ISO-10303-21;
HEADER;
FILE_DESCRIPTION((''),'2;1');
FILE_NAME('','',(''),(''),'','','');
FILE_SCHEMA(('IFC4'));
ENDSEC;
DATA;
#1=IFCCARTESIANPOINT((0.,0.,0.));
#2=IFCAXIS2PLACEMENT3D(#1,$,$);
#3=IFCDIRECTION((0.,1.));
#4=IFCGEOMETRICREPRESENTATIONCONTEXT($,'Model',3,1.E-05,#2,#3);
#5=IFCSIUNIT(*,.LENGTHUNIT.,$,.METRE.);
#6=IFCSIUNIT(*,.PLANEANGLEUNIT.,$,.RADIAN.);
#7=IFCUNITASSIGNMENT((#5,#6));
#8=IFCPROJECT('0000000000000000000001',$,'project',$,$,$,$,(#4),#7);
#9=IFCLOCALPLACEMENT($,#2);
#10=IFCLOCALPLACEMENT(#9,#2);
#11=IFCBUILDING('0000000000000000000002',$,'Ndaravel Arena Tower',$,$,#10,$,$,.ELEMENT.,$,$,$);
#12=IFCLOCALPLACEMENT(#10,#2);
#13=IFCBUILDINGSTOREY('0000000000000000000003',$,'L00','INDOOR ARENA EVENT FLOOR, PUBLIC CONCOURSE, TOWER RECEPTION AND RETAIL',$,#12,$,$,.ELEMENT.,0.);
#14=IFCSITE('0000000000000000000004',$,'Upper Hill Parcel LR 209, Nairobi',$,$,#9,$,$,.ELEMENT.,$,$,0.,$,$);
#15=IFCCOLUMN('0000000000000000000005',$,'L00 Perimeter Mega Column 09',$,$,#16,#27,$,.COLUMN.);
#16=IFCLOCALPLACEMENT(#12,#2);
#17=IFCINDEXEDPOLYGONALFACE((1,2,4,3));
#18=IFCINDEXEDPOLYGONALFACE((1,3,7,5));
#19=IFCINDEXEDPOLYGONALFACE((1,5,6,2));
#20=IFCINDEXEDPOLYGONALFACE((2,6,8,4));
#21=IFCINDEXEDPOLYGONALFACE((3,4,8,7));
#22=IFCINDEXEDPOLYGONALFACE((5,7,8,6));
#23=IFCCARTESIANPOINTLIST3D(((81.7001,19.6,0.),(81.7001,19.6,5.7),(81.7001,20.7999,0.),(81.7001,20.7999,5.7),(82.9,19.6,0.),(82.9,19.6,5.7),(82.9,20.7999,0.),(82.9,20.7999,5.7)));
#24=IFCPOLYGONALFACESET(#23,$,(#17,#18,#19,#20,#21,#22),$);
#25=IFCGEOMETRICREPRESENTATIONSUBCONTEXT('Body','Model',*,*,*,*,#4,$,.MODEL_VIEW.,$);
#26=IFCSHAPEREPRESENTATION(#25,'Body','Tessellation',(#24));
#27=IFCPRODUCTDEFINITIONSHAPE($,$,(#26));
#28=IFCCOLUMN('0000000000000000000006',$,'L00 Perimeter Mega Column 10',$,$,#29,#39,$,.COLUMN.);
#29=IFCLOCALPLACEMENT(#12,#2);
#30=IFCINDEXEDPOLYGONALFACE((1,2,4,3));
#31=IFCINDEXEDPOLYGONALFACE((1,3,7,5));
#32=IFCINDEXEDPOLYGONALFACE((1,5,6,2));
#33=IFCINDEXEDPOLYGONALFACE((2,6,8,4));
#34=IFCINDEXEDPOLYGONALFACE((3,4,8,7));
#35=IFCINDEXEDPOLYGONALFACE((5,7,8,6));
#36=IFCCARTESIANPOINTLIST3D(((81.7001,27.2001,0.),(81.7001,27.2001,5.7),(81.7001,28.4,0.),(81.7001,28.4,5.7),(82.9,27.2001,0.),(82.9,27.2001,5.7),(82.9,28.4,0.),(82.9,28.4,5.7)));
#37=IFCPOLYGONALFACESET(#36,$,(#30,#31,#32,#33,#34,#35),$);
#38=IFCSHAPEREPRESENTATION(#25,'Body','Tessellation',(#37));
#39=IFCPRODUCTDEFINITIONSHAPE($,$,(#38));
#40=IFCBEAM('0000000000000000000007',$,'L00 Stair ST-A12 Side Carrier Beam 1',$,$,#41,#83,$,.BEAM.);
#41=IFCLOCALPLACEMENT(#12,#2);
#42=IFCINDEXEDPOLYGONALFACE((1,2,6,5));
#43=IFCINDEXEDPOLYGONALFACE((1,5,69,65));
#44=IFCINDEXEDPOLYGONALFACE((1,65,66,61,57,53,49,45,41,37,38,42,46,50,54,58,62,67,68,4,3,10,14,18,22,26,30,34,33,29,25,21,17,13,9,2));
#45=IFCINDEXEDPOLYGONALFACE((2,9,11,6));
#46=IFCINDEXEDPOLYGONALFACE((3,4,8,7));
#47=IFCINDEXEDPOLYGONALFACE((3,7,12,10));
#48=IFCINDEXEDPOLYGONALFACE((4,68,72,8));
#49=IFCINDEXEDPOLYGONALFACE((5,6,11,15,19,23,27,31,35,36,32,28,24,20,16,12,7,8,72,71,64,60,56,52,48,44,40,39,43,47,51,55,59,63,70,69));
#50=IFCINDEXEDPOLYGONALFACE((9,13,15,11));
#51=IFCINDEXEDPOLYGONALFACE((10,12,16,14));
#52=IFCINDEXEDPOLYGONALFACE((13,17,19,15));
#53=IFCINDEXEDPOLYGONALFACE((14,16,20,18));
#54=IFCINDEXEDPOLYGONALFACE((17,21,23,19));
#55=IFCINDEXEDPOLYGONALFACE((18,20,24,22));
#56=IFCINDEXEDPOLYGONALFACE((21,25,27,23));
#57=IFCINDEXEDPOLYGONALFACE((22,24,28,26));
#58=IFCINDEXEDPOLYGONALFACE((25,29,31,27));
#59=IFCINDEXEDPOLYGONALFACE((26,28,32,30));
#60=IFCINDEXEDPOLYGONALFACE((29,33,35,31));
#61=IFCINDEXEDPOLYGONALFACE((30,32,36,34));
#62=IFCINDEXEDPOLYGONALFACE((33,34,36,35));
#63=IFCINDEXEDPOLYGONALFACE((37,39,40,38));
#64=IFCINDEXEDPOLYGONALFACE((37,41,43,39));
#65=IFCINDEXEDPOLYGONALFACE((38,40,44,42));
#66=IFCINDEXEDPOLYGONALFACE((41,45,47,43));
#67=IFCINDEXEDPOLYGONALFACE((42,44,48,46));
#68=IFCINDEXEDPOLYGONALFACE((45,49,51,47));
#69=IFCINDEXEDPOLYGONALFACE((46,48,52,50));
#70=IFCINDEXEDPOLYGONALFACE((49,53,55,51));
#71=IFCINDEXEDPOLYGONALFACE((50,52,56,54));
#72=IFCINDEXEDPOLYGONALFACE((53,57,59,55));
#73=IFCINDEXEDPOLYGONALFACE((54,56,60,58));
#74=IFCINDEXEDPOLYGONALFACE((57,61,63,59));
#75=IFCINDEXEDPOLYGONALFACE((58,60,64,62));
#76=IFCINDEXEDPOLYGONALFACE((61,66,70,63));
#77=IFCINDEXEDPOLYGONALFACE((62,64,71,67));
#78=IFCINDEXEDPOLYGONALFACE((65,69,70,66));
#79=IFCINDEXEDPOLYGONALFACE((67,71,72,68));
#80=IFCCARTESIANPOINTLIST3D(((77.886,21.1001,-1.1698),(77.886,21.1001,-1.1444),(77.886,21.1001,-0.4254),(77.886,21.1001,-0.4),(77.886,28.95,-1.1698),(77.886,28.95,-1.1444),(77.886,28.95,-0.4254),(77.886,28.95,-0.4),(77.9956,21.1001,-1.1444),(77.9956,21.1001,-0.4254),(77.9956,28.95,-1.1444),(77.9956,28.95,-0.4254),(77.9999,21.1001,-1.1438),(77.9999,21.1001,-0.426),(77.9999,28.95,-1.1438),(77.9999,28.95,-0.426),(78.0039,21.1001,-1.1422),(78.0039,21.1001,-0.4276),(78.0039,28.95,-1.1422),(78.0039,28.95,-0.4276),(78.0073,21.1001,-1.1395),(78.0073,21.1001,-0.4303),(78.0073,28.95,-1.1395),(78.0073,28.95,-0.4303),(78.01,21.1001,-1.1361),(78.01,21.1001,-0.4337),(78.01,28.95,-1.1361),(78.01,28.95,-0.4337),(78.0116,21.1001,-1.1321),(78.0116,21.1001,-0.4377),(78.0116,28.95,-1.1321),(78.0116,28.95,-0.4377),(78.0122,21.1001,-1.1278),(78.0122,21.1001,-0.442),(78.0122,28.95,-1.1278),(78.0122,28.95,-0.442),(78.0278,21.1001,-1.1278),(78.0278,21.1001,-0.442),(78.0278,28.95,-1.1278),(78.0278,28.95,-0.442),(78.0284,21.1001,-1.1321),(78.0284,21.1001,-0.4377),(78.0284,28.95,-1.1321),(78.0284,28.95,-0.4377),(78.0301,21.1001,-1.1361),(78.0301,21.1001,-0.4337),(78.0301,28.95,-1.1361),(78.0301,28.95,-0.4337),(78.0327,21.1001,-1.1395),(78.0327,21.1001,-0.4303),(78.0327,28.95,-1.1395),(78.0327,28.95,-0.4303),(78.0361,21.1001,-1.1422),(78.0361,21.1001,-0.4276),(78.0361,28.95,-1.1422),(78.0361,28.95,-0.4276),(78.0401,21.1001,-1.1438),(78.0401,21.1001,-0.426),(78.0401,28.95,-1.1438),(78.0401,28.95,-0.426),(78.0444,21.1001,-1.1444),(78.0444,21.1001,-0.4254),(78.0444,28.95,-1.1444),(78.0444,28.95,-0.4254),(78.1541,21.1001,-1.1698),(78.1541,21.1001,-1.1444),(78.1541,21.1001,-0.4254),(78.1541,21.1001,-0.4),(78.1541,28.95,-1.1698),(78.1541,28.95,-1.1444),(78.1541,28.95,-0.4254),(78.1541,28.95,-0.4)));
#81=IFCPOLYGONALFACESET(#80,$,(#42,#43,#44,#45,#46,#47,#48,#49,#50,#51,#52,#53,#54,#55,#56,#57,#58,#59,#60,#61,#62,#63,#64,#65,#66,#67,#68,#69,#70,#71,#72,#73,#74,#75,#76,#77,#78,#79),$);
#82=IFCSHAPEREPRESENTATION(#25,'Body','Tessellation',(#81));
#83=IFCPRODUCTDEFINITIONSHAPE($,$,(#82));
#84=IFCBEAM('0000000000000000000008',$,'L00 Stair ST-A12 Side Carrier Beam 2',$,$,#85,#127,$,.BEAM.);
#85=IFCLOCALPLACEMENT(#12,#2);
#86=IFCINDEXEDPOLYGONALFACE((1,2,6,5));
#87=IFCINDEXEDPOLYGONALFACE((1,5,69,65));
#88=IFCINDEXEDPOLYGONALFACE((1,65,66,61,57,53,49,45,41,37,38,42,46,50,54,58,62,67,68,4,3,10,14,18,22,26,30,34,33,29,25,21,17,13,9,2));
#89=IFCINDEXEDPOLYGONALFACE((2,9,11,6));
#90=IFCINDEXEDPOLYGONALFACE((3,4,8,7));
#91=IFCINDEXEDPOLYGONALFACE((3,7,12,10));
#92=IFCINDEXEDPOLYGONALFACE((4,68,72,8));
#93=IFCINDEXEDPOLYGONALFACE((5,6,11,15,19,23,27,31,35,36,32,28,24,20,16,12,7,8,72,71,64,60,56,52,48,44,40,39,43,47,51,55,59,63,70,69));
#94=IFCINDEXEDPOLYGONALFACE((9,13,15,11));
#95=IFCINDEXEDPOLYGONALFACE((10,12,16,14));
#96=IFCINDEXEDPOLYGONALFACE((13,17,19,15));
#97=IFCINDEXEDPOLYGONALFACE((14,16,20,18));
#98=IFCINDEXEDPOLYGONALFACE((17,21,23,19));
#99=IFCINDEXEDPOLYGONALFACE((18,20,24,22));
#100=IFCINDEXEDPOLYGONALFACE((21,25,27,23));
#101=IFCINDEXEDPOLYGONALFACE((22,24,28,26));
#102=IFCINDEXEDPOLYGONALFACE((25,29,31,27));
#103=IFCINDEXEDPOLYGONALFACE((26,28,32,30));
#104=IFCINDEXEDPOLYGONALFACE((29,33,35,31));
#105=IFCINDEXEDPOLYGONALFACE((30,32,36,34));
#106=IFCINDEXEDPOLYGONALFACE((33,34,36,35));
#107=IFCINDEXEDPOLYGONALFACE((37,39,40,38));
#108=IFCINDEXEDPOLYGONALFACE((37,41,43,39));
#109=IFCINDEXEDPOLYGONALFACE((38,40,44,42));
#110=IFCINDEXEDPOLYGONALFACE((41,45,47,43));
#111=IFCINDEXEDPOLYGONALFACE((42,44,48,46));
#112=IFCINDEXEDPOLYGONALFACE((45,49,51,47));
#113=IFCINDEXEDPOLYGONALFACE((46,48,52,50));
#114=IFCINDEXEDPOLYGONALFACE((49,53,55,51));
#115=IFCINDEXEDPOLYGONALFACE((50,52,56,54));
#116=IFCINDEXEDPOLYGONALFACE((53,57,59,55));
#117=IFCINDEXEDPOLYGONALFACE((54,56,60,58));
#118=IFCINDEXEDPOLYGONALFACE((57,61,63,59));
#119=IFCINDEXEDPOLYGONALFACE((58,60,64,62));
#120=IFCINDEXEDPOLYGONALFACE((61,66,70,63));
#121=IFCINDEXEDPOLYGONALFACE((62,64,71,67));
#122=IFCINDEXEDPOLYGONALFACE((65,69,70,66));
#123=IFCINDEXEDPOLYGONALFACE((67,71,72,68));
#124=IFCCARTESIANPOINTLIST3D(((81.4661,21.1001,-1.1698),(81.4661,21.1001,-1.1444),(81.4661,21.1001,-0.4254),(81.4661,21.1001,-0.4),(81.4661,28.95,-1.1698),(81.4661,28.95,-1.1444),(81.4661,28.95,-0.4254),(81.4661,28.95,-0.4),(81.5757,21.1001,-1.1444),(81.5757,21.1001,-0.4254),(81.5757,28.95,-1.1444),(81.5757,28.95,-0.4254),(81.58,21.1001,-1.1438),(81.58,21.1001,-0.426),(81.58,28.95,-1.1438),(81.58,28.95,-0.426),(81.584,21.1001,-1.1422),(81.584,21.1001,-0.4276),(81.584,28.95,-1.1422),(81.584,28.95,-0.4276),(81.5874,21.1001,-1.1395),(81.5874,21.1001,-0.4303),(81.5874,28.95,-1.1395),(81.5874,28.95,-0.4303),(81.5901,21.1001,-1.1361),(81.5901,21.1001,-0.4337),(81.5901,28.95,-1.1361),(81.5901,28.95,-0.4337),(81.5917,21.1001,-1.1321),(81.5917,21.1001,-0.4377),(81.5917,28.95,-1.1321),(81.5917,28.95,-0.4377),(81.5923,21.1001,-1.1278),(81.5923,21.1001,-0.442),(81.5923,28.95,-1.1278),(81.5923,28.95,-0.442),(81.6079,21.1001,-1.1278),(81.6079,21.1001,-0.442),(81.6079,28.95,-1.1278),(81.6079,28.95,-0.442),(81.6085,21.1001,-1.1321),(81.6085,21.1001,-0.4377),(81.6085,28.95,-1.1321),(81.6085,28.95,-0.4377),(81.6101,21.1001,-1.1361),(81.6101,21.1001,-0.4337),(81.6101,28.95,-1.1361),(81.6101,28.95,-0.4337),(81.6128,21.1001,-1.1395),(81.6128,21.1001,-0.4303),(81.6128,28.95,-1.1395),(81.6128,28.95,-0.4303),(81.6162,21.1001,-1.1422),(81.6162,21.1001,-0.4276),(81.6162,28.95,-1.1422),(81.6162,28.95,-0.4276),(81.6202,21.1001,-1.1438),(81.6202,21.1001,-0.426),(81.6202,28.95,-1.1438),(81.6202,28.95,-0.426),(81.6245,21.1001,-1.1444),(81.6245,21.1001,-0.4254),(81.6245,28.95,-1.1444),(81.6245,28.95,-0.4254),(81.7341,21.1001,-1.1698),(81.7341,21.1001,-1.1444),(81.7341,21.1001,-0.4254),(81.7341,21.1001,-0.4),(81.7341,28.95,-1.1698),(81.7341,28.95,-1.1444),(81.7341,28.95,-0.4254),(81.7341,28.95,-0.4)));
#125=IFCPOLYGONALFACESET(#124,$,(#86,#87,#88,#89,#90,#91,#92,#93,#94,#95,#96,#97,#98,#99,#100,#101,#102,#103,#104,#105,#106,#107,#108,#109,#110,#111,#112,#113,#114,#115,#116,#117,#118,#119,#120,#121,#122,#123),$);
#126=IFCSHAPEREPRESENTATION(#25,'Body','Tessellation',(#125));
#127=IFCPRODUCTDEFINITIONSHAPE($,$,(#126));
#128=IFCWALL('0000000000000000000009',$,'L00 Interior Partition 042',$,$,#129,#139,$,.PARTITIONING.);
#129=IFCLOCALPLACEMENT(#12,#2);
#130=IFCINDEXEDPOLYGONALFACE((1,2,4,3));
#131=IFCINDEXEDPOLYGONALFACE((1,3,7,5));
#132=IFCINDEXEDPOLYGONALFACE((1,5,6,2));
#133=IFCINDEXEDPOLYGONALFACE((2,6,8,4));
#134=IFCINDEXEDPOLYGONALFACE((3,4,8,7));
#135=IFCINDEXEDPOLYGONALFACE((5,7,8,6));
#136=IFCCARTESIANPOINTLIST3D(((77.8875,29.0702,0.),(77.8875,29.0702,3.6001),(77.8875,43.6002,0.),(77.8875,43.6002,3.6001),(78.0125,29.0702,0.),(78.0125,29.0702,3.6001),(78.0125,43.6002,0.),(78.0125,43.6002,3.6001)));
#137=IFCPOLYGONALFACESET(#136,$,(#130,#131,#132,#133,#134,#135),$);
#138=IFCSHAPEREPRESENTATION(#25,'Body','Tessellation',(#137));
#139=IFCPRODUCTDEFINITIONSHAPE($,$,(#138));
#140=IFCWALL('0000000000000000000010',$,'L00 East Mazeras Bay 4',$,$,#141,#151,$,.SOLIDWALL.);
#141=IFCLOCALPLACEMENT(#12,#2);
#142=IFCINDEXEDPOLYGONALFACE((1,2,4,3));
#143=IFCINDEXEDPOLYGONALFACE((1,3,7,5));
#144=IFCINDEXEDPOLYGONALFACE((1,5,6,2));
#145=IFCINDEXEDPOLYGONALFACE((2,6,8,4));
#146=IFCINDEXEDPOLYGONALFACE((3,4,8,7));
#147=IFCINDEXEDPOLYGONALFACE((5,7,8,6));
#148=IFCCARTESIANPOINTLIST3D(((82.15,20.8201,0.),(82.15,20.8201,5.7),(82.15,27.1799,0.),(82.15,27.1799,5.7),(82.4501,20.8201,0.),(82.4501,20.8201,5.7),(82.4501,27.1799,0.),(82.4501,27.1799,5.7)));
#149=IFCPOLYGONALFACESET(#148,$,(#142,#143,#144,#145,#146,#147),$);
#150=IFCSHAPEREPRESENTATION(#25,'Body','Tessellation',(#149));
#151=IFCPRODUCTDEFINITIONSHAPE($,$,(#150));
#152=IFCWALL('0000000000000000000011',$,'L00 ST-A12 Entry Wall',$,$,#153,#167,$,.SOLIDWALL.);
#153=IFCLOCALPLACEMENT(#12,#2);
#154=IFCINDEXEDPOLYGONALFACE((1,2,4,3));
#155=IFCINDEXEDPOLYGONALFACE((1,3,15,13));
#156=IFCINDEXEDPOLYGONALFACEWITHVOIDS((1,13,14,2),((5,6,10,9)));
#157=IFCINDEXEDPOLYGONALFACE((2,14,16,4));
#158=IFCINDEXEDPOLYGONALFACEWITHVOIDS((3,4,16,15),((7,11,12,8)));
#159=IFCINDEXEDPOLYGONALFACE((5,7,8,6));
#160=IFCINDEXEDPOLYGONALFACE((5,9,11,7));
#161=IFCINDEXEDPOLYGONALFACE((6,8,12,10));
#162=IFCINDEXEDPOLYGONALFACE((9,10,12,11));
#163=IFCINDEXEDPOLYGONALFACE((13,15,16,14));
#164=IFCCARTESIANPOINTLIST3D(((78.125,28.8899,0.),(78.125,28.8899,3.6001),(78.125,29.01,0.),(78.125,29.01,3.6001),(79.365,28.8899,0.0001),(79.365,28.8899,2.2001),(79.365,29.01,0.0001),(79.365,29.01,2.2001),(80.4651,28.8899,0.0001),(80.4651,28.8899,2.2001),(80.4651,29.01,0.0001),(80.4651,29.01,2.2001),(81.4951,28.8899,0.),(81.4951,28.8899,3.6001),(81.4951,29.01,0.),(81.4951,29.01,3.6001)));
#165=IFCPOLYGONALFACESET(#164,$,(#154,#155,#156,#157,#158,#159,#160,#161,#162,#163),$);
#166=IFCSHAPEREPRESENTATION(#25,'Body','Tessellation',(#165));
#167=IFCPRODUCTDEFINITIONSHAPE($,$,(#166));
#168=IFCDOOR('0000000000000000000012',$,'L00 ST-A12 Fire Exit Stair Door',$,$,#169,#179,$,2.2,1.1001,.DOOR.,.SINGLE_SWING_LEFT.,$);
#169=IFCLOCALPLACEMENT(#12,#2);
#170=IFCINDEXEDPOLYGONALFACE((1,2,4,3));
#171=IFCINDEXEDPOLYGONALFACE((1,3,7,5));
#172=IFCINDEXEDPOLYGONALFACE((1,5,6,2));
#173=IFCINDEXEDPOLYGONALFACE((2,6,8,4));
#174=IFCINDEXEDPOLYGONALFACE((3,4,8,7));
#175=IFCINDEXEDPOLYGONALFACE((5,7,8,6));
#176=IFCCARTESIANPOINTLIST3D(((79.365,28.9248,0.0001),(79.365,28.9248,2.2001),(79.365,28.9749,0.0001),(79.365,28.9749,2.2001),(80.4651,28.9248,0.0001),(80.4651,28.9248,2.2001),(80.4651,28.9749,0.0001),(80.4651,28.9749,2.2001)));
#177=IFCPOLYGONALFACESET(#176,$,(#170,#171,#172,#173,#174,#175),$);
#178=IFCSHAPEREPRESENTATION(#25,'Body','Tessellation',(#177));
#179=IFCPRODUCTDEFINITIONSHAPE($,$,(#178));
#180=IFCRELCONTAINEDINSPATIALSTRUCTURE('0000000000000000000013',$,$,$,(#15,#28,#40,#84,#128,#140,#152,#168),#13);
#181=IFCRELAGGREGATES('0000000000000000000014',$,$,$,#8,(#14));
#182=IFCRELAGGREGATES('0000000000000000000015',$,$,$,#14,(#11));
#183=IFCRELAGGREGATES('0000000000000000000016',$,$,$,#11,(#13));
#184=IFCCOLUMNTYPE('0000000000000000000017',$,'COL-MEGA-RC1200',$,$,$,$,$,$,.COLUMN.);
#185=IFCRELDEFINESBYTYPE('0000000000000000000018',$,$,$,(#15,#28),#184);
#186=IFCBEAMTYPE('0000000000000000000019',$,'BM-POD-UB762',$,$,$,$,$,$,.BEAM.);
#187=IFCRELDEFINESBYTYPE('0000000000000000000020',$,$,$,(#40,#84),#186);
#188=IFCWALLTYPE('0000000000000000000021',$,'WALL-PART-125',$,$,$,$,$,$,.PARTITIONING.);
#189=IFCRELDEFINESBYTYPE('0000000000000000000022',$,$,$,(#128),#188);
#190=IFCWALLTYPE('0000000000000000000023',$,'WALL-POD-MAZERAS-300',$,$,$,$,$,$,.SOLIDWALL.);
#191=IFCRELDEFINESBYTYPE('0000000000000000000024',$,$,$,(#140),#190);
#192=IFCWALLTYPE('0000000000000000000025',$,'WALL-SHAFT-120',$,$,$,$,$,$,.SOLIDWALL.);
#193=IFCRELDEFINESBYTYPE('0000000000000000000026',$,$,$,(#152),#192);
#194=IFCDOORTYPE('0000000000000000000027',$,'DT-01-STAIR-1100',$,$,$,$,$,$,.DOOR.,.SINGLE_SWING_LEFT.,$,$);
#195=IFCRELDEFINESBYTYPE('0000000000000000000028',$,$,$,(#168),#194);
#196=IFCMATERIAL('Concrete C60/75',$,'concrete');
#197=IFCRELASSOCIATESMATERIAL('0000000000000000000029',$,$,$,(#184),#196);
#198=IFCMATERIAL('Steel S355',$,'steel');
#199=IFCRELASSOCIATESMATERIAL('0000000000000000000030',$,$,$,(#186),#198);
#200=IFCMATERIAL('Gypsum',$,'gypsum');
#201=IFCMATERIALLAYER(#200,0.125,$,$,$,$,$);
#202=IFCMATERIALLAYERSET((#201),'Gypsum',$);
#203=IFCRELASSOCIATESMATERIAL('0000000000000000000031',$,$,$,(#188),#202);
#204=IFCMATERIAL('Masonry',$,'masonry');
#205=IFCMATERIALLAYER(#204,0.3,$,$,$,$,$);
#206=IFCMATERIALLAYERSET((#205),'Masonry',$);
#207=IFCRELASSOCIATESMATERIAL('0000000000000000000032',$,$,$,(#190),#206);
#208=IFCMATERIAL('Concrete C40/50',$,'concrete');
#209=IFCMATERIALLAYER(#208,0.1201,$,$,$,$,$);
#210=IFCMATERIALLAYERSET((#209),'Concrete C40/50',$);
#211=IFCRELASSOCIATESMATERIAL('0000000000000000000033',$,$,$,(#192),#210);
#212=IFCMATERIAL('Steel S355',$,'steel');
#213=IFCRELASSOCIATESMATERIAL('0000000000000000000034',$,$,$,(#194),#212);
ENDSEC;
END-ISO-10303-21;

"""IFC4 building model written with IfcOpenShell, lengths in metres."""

from ifc_helpers import new_model, si_unit, direction, frame, frame_2d, origin, origin_2d, place, context, subcontext, project, spatial, rectangle, i_section, extrude, material, layer, layer_set, material_profile, profile_set, type_object, element, fill, save


model = new_model("IFC4")

# Units and contexts
model_context = context("Model", 3, precision=1e-05, world=origin(), true_north=direction((0.0, 1.0)))
body_context = subcontext(model_context, "Body", "Model", "MODEL_VIEW")
ifc_project = project(units=[si_unit("LENGTHUNIT", "METRE"), si_unit("PLANEANGLEUNIT", "RADIAN")], contexts=[model_context])

# Site, building, storey
site_placement = place(None, origin())
site = spatial("IfcSite", under=ifc_project, at=site_placement, Name="Upper Hill Parcel LR 209, Nairobi", CompositionType="ELEMENT", RefElevation=0.0)
building_placement = place(site_placement, origin())
building = spatial("IfcBuilding", under=site, at=building_placement, Name="Ndaravel Arena Tower", CompositionType="ELEMENT")
storey_placement = place(building_placement, origin())
storey = spatial("IfcBuildingStorey", under=building, at=storey_placement, Name="L00", Description="INDOOR ARENA EVENT FLOOR, PUBLIC CONCOURSE, TOWER RECEPTION AND RETAIL", CompositionType="ELEMENT", Elevation=0.0)

# Columns
ifc_material_1 = material(Name="Concrete C60/75", Category="concrete")
ifc_material_profile_1 = material_profile(ifc_material_1, rectangle(XDim=1.2, YDim=1.2, at=origin_2d()), Name="RC 1200x1200")
ifc_profile_set_1 = profile_set([ifc_material_profile_1], Name="Concrete C60/75")
column_type = type_object("IfcColumnType", Name="COL-MEGA-RC1200", PredefinedType="COLUMN", material=ifc_profile_set_1)
for number, where, z_axis, x_axis, name in (
    (1, (82.3, 20.2, 0.0), (0.0, 0.0, 1.0), (1.0, 0.0, 0.0), "L00 Perimeter Mega Column 09"),
    (2, (82.3, 27.8, 0.0), (0.0, 0.0, 1.0), (1.0, 0.0, 0.0), "L00 Perimeter Mega Column 10"),
):
    element("IfcColumn", number, at=place(storey_placement, frame(where, z_axis=z_axis, x_axis=x_axis)), inside=storey, type_object=column_type, Name=name, PredefinedType="COLUMN", context=body_context, shape_type="SweptSolid", body=[
        extrude(rectangle(XDim=1.2, YDim=1.2, at=origin_2d()), origin(), (0.0, 0.0, 1.0), 5.7),
    ])

# Beams
ifc_material_2 = material(Name="Steel S355", Category="steel")
ifc_material_profile_2 = material_profile(ifc_material_2, i_section(OverallWidth=0.2681, OverallDepth=0.7698, WebThickness=0.0156, FlangeThickness=0.0254, FilletRadius=0.0166, at=origin_2d()), Name="UB 762x267x197")
ifc_profile_set_2 = profile_set([ifc_material_profile_2], Name="Steel S355")
beam_type = type_object("IfcBeamType", Name="BM-POD-UB762", PredefinedType="BEAM", material=ifc_profile_set_2)
for number, where, z_axis, x_axis, name in (
    (3, (78.02, 21.1001, -0.7849), (0.0, 1.0, 0.0), (-1.0, 0.0, 0.0), "L00 Stair ST-A12 Side Carrier Beam 1"),
    (4, (81.6001, 21.1001, -0.7849), (0.0, 1.0, 0.0), (-1.0, 0.0, 0.0), "L00 Stair ST-A12 Side Carrier Beam 2"),
):
    element("IfcBeam", number, at=place(storey_placement, frame(where, z_axis=z_axis, x_axis=x_axis)), inside=storey, type_object=beam_type, Name=name, PredefinedType="BEAM", context=body_context, shape_type="SweptSolid", body=[
        extrude(i_section(OverallWidth=0.2681, OverallDepth=0.7698, WebThickness=0.0156, FlangeThickness=0.0254, FilletRadius=0.0166, at=origin_2d()), origin(), (0.0, 0.0, 1.0), 7.8499),
    ])

# Wall
ifc_material_3 = material(Name="Gypsum", Category="gypsum")
ifc_layer_1 = layer(ifc_material_3, 0.125)
ifc_layer_set_1 = layer_set([ifc_layer_1], Name="Gypsum")
wall_type_1 = type_object("IfcWallType", Name="WALL-PART-125", PredefinedType="PARTITIONING", material=ifc_layer_set_1)
wall_1_placement = place(storey_placement, frame((77.95, 29.0701, 0.0), z_axis=(0.0, 0.0, 1.0), x_axis=(0.0, 1.0, 0.0)))
element("IfcWall", 5, at=wall_1_placement, inside=storey, type_object=wall_type_1, Name="L00 Interior Partition 042", PredefinedType="PARTITIONING", context=body_context, shape_type="SweptSolid", body=[
    extrude(rectangle(XDim=14.53, YDim=0.125, at=frame_2d((7.2651, 0.0))), origin(), (0.0, 0.0, 1.0), 3.6001),
])

# Shared definitions
ifc_material_4 = material(Name="Masonry", Category="masonry")
ifc_layer_2 = layer(ifc_material_4, 0.3)
ifc_layer_set_2 = layer_set([ifc_layer_2], Name="Masonry")
wall_type_2 = type_object("IfcWallType", Name="WALL-POD-MAZERAS-300", PredefinedType="SOLIDWALL", material=ifc_layer_set_2)

# Wall
wall_2_placement = place(storey_placement, frame((82.3, 27.1799, 0.0), z_axis=(0.0, 0.0, 1.0), x_axis=(0.0, -1.0, 0.0)))
element("IfcWall", 6, at=wall_2_placement, inside=storey, type_object=wall_type_2, Name="L00 East Mazeras Bay 4", PredefinedType="SOLIDWALL", context=body_context, shape_type="SweptSolid", body=[
    extrude(rectangle(XDim=6.3599, YDim=0.3, at=frame_2d((3.1799, 0.0))), origin(), (0.0, 0.0, 1.0), 5.7),
])

# Wall, opening, door
ifc_material_5 = material(Name="Concrete C40/50", Category="concrete")
ifc_layer_3 = layer(ifc_material_5, 0.1201)
ifc_layer_set_3 = layer_set([ifc_layer_3], Name="Concrete C40/50")
wall_type_3 = type_object("IfcWallType", Name="WALL-SHAFT-120", PredefinedType="SOLIDWALL", material=ifc_layer_set_3)
wall_3_placement = place(storey_placement, frame((78.125, 28.95, 0.0), z_axis=(0.0, 0.0, 1.0), x_axis=(1.0, 0.0, 0.0)))
wall_3 = element("IfcWall", 7, at=wall_3_placement, inside=storey, type_object=wall_type_3, Name="L00 ST-A12 Entry Wall", PredefinedType="SOLIDWALL", context=body_context, shape_type="SweptSolid", body=[
    extrude(rectangle(XDim=3.3701, YDim=0.1201, at=frame_2d((1.6851, 0.0))), origin(), (0.0, 0.0, 1.0), 3.6001),
])
opening_1_placement = place(wall_3_placement, frame((1.24, 0.0, 0.0)))
opening_1 = element("IfcOpeningElement", 8, at=opening_1_placement, cuts=wall_3, PredefinedType="OPENING", context=body_context, shape_type="SweptSolid", body=[
    extrude(rectangle(XDim=1.1001, YDim=2.2, at=frame_2d((0.55, 1.1001))), frame((0.0, 0.0601, 0.0), z_axis=(0.0, -1.0, 0.0), x_axis=(1.0, 0.0, 0.0)), (0.0, 0.0, 1.0), 0.1201),
])
ifc_material_6 = material(Name="Steel S355", Category="steel")
door_type_1 = type_object("IfcDoorType", Name="DT-01-STAIR-1100", OperationType="SINGLE_SWING_LEFT", PredefinedType="DOOR", material=ifc_material_6)
door_1_placement = place(opening_1_placement, origin())
door_1 = element("IfcDoor", 9, at=door_1_placement, inside=storey, type_object=door_type_1, Name="L00 ST-A12 Fire Exit Stair Door", OperationType="SINGLE_SWING_LEFT", OverallHeight=2.2, OverallWidth=1.1001, PredefinedType="DOOR", context=body_context, shape_type="SweptSolid", body=[
    extrude(rectangle(XDim=1.1001, YDim=2.2, at=frame_2d((0.55, 1.1001))), frame((0.0, 0.0249, 0.0), z_axis=(0.0, -1.0, 0.0), x_axis=(1.0, 0.0, 0.0)), (0.0, 0.0, 1.0), 0.05),
])
fill(opening_1, door_1)

save(model, "model.ifc")
